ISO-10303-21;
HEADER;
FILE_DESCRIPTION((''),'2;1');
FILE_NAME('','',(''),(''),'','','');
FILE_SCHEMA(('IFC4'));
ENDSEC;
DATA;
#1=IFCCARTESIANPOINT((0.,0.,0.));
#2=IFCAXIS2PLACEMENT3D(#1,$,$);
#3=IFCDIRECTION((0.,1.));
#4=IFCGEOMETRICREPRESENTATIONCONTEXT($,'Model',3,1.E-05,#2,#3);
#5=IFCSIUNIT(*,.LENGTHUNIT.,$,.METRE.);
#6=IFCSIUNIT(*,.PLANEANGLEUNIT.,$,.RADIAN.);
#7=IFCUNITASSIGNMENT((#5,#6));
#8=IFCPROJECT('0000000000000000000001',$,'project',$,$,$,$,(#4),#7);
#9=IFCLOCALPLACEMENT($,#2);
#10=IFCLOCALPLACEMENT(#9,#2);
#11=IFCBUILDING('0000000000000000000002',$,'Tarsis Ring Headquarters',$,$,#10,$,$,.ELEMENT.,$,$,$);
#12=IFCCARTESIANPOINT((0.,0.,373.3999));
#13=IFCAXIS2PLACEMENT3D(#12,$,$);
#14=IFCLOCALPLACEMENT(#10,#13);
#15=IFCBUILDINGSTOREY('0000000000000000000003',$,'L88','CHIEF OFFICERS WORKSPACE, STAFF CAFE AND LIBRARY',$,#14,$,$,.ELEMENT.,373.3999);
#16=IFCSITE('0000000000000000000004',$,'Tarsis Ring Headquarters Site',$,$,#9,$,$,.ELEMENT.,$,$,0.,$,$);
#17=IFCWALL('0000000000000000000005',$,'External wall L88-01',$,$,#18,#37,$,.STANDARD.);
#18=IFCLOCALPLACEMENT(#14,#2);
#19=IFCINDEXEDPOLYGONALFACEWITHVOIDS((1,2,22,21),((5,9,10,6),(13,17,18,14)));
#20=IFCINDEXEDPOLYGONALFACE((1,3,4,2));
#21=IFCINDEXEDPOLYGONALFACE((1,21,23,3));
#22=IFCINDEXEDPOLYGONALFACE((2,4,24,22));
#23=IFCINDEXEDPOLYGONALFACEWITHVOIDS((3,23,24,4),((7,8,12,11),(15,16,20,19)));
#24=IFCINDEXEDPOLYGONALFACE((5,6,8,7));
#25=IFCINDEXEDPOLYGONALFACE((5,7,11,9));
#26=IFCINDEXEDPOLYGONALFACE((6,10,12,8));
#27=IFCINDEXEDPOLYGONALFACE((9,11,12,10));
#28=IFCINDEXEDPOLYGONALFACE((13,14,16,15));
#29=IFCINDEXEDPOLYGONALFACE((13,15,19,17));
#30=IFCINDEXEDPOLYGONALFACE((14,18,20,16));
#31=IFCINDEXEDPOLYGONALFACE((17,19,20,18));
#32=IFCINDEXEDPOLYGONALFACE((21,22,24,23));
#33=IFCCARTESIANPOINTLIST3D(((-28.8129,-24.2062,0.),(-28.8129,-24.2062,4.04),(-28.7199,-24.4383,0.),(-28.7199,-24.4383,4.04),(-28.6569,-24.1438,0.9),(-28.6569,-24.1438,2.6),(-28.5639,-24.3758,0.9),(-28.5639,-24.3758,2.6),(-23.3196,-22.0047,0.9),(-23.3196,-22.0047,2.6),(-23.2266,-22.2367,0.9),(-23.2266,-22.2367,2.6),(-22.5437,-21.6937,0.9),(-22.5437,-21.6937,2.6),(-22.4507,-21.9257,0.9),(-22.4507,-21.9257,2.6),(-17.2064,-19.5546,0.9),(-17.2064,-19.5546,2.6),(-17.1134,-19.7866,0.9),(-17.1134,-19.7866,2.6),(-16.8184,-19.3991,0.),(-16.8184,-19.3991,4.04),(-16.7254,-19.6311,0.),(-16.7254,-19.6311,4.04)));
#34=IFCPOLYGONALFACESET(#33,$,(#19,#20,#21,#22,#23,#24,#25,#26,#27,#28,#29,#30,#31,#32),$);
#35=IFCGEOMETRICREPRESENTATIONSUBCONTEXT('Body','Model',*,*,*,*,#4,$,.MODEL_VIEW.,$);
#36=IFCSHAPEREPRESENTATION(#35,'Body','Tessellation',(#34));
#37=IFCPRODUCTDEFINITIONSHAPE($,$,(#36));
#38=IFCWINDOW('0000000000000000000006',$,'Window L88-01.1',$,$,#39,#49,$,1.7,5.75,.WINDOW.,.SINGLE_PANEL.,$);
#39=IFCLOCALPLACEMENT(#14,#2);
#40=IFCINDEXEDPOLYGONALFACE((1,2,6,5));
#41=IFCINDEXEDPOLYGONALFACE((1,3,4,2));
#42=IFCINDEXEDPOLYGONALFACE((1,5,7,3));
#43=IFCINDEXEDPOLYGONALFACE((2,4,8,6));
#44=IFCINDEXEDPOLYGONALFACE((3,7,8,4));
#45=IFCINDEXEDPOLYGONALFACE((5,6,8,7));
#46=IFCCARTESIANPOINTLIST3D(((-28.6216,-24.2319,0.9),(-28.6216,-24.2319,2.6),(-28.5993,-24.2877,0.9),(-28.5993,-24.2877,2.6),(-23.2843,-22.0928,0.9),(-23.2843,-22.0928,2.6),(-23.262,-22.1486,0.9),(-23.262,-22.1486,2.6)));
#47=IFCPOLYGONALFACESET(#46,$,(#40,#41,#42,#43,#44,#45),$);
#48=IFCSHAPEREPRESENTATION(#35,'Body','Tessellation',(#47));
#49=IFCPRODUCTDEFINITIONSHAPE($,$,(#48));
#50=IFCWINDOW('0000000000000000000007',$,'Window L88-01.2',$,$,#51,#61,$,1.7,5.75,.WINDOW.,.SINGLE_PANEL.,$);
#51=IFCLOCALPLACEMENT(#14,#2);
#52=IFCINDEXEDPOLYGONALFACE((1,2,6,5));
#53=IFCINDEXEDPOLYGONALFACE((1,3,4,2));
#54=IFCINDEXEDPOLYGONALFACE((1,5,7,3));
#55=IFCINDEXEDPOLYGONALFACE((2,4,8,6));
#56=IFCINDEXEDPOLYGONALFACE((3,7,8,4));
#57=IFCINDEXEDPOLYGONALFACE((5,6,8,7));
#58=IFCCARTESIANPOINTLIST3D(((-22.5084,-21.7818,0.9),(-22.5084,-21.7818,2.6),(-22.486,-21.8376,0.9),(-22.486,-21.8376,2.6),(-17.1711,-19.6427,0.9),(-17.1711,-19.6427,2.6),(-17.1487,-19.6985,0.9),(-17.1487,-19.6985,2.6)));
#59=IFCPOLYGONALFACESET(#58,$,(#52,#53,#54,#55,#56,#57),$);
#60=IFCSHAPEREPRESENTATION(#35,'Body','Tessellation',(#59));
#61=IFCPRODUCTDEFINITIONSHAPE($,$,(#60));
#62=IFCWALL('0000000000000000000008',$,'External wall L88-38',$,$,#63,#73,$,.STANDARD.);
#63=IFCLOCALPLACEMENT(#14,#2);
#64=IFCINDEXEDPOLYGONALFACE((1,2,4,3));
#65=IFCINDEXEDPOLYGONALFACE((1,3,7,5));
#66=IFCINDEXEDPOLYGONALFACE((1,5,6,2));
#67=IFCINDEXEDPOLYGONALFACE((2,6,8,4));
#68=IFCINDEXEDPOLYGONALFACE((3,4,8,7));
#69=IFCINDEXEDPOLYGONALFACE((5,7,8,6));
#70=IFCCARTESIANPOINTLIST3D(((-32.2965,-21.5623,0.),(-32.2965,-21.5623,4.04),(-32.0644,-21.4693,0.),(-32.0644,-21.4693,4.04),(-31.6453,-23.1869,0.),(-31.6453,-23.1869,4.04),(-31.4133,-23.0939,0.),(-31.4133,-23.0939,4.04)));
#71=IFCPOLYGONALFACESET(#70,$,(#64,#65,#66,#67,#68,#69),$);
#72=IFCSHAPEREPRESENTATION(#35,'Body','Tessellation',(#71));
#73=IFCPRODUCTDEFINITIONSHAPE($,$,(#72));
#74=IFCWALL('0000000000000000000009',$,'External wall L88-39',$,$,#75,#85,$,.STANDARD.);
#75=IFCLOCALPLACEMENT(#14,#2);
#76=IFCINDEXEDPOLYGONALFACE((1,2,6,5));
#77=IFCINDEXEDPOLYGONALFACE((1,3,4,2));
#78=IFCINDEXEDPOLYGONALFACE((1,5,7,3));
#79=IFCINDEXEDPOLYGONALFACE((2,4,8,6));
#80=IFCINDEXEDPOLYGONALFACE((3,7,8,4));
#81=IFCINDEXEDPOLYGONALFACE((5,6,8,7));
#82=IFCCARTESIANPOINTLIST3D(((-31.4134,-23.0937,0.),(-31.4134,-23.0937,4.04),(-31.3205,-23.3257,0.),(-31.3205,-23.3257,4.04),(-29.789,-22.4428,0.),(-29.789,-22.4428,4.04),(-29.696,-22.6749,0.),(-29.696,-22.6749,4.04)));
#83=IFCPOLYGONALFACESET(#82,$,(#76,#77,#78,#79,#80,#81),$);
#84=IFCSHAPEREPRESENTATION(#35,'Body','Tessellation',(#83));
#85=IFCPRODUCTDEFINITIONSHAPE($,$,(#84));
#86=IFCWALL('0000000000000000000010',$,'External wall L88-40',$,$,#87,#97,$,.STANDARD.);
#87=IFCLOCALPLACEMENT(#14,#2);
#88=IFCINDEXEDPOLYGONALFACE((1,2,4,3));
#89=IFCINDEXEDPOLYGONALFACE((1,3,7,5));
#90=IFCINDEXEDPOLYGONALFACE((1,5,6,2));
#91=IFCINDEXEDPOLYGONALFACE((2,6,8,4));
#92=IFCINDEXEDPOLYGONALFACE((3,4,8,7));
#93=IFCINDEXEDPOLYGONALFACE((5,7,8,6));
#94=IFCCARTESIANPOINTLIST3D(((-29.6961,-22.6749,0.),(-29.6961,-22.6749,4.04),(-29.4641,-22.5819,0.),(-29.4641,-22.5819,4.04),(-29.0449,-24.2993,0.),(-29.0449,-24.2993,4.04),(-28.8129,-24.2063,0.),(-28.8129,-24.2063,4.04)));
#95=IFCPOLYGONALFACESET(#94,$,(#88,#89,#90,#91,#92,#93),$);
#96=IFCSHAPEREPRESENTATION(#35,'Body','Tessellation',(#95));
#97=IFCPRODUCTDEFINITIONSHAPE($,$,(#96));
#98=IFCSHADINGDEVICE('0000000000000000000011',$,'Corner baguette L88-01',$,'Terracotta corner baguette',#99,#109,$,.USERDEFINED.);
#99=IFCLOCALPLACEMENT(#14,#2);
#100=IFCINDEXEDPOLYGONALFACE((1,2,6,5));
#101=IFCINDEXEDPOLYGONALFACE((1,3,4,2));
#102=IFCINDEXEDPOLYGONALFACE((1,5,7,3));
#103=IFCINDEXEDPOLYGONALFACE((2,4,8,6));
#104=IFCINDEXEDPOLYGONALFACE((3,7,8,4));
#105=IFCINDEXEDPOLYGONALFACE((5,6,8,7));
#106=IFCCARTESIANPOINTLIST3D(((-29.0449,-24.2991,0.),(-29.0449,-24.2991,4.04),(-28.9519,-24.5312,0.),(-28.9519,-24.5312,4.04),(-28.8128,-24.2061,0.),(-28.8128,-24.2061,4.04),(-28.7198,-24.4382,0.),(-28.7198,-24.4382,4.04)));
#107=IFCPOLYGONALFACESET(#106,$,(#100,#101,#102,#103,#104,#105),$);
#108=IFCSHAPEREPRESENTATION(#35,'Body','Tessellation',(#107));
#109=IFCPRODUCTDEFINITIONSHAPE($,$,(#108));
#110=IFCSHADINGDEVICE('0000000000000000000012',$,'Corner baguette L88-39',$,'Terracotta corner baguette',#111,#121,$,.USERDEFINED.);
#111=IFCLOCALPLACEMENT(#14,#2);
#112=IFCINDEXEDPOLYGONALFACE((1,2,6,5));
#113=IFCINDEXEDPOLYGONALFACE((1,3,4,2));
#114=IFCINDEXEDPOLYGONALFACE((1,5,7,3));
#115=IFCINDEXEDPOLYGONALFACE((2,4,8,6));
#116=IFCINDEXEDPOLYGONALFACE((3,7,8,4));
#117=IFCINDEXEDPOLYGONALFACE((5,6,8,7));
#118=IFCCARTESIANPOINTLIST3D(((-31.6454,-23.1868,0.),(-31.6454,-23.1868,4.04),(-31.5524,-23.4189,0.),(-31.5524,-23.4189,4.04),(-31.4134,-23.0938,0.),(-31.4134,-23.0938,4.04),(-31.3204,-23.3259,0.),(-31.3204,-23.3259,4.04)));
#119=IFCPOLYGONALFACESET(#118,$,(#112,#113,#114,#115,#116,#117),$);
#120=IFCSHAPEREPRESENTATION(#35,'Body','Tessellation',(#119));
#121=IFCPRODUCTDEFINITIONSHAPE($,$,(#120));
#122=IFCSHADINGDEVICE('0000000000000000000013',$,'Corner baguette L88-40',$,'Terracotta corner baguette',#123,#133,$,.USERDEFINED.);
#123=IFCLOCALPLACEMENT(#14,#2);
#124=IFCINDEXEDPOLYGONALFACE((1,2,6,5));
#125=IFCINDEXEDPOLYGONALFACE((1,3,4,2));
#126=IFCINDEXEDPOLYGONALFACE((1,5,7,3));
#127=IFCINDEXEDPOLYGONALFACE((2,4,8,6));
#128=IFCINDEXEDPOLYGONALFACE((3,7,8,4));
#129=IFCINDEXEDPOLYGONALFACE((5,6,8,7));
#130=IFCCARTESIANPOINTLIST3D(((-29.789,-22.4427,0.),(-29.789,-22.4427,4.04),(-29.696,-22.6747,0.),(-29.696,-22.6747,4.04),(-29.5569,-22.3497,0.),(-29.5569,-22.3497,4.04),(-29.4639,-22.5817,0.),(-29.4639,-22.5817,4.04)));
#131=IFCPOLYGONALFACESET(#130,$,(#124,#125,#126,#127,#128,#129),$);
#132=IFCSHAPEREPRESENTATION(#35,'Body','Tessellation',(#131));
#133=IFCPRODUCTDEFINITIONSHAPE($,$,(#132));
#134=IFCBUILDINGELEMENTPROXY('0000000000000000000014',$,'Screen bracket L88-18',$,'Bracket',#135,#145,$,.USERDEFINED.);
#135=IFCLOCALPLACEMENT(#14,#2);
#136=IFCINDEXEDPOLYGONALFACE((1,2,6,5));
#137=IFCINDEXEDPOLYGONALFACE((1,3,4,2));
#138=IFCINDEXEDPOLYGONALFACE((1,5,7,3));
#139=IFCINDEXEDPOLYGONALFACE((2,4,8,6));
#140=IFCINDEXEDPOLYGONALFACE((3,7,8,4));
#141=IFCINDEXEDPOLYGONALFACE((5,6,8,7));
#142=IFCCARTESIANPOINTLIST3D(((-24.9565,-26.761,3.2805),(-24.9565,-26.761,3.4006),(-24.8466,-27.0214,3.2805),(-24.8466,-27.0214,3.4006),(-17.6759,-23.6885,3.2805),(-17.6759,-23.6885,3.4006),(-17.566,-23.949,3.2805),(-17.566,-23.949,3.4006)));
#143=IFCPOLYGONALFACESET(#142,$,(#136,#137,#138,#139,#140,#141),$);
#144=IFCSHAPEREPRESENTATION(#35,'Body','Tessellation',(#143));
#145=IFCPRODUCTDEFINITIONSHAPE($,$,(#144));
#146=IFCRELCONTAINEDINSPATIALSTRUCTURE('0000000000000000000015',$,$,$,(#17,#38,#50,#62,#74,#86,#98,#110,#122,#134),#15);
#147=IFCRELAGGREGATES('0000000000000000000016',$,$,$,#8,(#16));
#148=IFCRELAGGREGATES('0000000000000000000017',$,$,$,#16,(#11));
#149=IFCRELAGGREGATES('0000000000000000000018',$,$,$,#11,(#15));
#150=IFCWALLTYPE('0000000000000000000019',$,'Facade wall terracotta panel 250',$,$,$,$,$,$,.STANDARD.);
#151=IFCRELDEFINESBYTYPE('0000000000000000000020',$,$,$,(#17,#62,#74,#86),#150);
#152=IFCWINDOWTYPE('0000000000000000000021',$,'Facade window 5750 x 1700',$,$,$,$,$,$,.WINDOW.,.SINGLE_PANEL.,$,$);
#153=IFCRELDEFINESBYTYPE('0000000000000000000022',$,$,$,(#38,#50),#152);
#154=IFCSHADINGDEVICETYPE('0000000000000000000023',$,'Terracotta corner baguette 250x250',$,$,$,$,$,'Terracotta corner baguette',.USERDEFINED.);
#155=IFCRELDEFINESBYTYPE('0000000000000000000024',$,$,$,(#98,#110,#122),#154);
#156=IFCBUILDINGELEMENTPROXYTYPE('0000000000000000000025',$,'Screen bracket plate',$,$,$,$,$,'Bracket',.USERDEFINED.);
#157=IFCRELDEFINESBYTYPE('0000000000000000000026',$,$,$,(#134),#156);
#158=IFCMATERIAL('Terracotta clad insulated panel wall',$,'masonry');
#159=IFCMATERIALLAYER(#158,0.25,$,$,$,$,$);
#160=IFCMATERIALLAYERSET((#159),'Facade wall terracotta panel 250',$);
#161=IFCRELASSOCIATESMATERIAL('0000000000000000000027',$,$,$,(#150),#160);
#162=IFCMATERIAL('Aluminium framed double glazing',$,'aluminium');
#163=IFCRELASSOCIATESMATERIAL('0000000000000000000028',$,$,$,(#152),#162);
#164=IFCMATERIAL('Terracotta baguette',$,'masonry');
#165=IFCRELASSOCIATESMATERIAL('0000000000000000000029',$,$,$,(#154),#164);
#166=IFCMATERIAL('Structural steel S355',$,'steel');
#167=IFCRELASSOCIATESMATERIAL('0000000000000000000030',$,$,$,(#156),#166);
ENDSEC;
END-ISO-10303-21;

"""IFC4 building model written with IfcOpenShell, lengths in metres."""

from ifc_helpers import new_model, si_unit, direction, frame, frame_2d, origin, origin_2d, place, context, subcontext, project, spatial, rectangle, extrude, material, layer, layer_set, type_object, element, fill, save


model = new_model("IFC4")

# Units and contexts
model_context = context("Model", 3, precision=1e-05, world=origin(), true_north=direction((0.0, 1.0)))
body_context = subcontext(model_context, "Body", "Model", "MODEL_VIEW")
ifc_project = project(units=[si_unit("LENGTHUNIT", "METRE"), si_unit("PLANEANGLEUNIT", "RADIAN")], contexts=[model_context])

# Site, building, storey
site_placement = place(None, origin())
site = spatial("IfcSite", under=ifc_project, at=site_placement, Name="Tarsis Ring Headquarters Site", CompositionType="ELEMENT", RefElevation=0.0)
building_placement = place(site_placement, origin())
building = spatial("IfcBuilding", under=site, at=building_placement, Name="Tarsis Ring Headquarters", CompositionType="ELEMENT")
storey_placement = place(building_placement, frame((0.0, 0.0, 373.3999)))
storey = spatial("IfcBuildingStorey", under=building, at=storey_placement, Name="L88", Description="CHIEF OFFICERS WORKSPACE, STAFF CAFE AND LIBRARY", CompositionType="ELEMENT", Elevation=373.3999)

# Shared definitions
ifc_material_1 = material(Name="Structural steel S355", Category="steel")

# Wall, openings, windows
ifc_material_2 = material(Name="Terracotta clad insulated panel wall", Category="masonry")
ifc_layer_1 = layer(ifc_material_2, 0.25)
ifc_layer_set_1 = layer_set([ifc_layer_1], Name="Facade wall terracotta panel 250")
wall_type_1 = type_object("IfcWallType", Name="Facade wall terracotta panel 250", PredefinedType="STANDARD", material=ifc_layer_set_1)
wall_1_placement = place(storey_placement, frame((-28.7664, -24.3223, 0.0), z_axis=(0.0, 0.0, 1.0), x_axis=(0.928226, 0.372016, 0.0)))
wall_1 = element("IfcWall", 1, at=wall_1_placement, inside=storey, type_object=wall_type_1, Name="External wall L88-01", PredefinedType="STANDARD", context=body_context, shape_type="SweptSolid", body=[
    extrude(rectangle(XDim=12.9219, YDim=0.25, at=frame_2d((6.4609, 0.0))), origin(), (0.0, 0.0, 1.0), 4.04),
])
opening_1_placement = place(wall_1_placement, frame((0.168, 0.0, 0.8999)))
opening_1 = element("IfcOpeningElement", 2, at=opening_1_placement, cuts=wall_1, PredefinedType="OPENING", context=body_context, shape_type="SweptSolid", body=[
    extrude(rectangle(XDim=5.75, YDim=1.7, at=frame_2d((2.875, 0.8501))), frame((0.0, 0.135, 0.0), z_axis=(0.0, -1.0, 0.0), x_axis=(1.0, 0.0, 0.0)), (0.0, 0.0, 1.0), 0.27),
])
opening_2_placement = place(wall_1_placement, frame((6.7539, 0.0, 0.8999)))
opening_2 = element("IfcOpeningElement", 3, at=opening_2_placement, cuts=wall_1, PredefinedType="OPENING", context=body_context, shape_type="SweptSolid", body=[
    extrude(rectangle(XDim=5.75, YDim=1.7, at=frame_2d((2.875, 0.8501))), frame((0.0, 0.135, 0.0), z_axis=(0.0, -1.0, 0.0), x_axis=(1.0, 0.0, 0.0)), (0.0, 0.0, 1.0), 0.27),
])
ifc_material_3 = material(Name="Aluminium framed double glazing", Category="aluminium")
window_type = type_object("IfcWindowType", Name="Facade window 5750 x 1700", PartitioningType="SINGLE_PANEL", PredefinedType="WINDOW", material=ifc_material_3)
window_1_placement = place(opening_1_placement, origin())
window_1 = element("IfcWindow", 4, at=window_1_placement, inside=storey, type_object=window_type, Name="Window L88-01.1", OverallHeight=1.7, OverallWidth=5.75, PartitioningType="SINGLE_PANEL", PredefinedType="WINDOW", context=body_context, shape_type="SweptSolid", body=[
    extrude(rectangle(XDim=5.75, YDim=1.7, at=frame_2d((2.875, 0.8501))), frame((0.0, 0.03, 0.0), z_axis=(0.0, -1.0, 0.0), x_axis=(1.0, 0.0, 0.0)), (0.0, 0.0, 1.0), 0.0601),
])
fill(opening_1, window_1)
window_2_placement = place(opening_2_placement, origin())
window_2 = element("IfcWindow", 5, at=window_2_placement, inside=storey, type_object=window_type, Name="Window L88-01.2", OverallHeight=1.7, OverallWidth=5.75, PartitioningType="SINGLE_PANEL", PredefinedType="WINDOW", context=body_context, shape_type="SweptSolid", body=[
    extrude(rectangle(XDim=5.75, YDim=1.7, at=frame_2d((2.875, 0.8501))), frame((0.0, 0.03, 0.0), z_axis=(0.0, -1.0, 0.0), x_axis=(1.0, 0.0, 0.0)), (0.0, 0.0, 1.0), 0.0601),
])
fill(opening_2, window_2)

# Walls
wall_2_placement = place(storey_placement, frame((-32.1804, -21.5159, 0.0), z_axis=(0.0, 0.0, 1.0), x_axis=(0.37204, -0.928217, 0.0)))
element("IfcWall", 6, at=wall_2_placement, inside=storey, type_object=wall_type_1, Name="External wall L88-38", PredefinedType="STANDARD", context=body_context, shape_type="SweptSolid", body=[
    extrude(rectangle(XDim=1.7502, YDim=0.25, at=frame_2d((0.875, 0.0))), origin(), (0.0, 0.0, 1.0), 4.04),
])
for number, where, z_axis, x_axis, name in (
    (7, (-31.3669, -23.2097, 0.0), (0.0, 0.0, 1.0), (0.928265, 0.37192, 0.0), "External wall L88-39"),
    (8, (-29.5801, -22.6284, 0.0), (0.0, 0.0, 1.0), (0.372088, -0.928197, 0.0), "External wall L88-40"),
):
    element("IfcWall", number, at=place(storey_placement, frame(where, z_axis=z_axis, x_axis=x_axis)), inside=storey, type_object=wall_type_1, Name=name, PredefinedType="STANDARD", context=body_context, shape_type="SweptSolid", body=[
        extrude(rectangle(XDim=1.75, YDim=0.25, at=frame_2d((0.875, 0.0))), origin(), (0.0, 0.0, 1.0), 4.04),
    ])

# Shading devices
ifc_material_4 = material(Name="Terracotta baguette", Category="masonry")
shading_device_type_1 = type_object("IfcShadingDeviceType", Name="Terracotta corner baguette 250x250", ElementType="Terracotta corner baguette", PredefinedType="USERDEFINED", material=ifc_material_4)
for number, where, z_axis, x_axis, name in (
    (9, (-28.8823, -24.3687, 0.0), (0.0, 0.0, 1.0), (0.372016, -0.928226, 0.0), "Corner baguette L88-01"),
    (10, (-31.4829, -23.2563, 0.0), (0.0, 0.0, 1.0), (0.372016, -0.928227, 0.0), "Corner baguette L88-39"),
    (11, (-29.6265, -22.5122, 0.0), (0.0, 0.0, 1.0), (0.928226, 0.372016, 0.0), "Corner baguette L88-40"),
):
    element("IfcShadingDevice", number, at=place(storey_placement, frame(where, z_axis=z_axis, x_axis=x_axis)), inside=storey, type_object=shading_device_type_1, Name=name, ObjectType="Terracotta corner baguette", PredefinedType="USERDEFINED", context=body_context, shape_type="SweptSolid", body=[
        extrude(rectangle(XDim=0.25, YDim=0.25, at=origin_2d()), origin(), (0.0, 0.0, 1.0), 4.04),
    ])

# Building element proxy
building_element_proxy_type = type_object("IfcBuildingElementProxyType", Name="Screen bracket plate", ElementType="Bracket", PredefinedType="USERDEFINED", material=ifc_material_1)
proxy_placement = place(storey_placement, frame((-21.2612, -25.355, 3.2805), z_axis=(0.0, 0.0, 1.0), x_axis=(0.921321, 0.388802, 0.0)))
element("IfcBuildingElementProxy", 12, at=proxy_placement, inside=storey, type_object=building_element_proxy_type, Name="Screen bracket L88-18", ObjectType="Bracket", PredefinedType="USERDEFINED", context=body_context, shape_type="SweptSolid", body=[
    extrude(rectangle(XDim=7.9023, YDim=0.2827, at=origin_2d()), origin(), (0.0, 0.0, 1.0), 0.1201),
])

save(model, "model.ifc")
